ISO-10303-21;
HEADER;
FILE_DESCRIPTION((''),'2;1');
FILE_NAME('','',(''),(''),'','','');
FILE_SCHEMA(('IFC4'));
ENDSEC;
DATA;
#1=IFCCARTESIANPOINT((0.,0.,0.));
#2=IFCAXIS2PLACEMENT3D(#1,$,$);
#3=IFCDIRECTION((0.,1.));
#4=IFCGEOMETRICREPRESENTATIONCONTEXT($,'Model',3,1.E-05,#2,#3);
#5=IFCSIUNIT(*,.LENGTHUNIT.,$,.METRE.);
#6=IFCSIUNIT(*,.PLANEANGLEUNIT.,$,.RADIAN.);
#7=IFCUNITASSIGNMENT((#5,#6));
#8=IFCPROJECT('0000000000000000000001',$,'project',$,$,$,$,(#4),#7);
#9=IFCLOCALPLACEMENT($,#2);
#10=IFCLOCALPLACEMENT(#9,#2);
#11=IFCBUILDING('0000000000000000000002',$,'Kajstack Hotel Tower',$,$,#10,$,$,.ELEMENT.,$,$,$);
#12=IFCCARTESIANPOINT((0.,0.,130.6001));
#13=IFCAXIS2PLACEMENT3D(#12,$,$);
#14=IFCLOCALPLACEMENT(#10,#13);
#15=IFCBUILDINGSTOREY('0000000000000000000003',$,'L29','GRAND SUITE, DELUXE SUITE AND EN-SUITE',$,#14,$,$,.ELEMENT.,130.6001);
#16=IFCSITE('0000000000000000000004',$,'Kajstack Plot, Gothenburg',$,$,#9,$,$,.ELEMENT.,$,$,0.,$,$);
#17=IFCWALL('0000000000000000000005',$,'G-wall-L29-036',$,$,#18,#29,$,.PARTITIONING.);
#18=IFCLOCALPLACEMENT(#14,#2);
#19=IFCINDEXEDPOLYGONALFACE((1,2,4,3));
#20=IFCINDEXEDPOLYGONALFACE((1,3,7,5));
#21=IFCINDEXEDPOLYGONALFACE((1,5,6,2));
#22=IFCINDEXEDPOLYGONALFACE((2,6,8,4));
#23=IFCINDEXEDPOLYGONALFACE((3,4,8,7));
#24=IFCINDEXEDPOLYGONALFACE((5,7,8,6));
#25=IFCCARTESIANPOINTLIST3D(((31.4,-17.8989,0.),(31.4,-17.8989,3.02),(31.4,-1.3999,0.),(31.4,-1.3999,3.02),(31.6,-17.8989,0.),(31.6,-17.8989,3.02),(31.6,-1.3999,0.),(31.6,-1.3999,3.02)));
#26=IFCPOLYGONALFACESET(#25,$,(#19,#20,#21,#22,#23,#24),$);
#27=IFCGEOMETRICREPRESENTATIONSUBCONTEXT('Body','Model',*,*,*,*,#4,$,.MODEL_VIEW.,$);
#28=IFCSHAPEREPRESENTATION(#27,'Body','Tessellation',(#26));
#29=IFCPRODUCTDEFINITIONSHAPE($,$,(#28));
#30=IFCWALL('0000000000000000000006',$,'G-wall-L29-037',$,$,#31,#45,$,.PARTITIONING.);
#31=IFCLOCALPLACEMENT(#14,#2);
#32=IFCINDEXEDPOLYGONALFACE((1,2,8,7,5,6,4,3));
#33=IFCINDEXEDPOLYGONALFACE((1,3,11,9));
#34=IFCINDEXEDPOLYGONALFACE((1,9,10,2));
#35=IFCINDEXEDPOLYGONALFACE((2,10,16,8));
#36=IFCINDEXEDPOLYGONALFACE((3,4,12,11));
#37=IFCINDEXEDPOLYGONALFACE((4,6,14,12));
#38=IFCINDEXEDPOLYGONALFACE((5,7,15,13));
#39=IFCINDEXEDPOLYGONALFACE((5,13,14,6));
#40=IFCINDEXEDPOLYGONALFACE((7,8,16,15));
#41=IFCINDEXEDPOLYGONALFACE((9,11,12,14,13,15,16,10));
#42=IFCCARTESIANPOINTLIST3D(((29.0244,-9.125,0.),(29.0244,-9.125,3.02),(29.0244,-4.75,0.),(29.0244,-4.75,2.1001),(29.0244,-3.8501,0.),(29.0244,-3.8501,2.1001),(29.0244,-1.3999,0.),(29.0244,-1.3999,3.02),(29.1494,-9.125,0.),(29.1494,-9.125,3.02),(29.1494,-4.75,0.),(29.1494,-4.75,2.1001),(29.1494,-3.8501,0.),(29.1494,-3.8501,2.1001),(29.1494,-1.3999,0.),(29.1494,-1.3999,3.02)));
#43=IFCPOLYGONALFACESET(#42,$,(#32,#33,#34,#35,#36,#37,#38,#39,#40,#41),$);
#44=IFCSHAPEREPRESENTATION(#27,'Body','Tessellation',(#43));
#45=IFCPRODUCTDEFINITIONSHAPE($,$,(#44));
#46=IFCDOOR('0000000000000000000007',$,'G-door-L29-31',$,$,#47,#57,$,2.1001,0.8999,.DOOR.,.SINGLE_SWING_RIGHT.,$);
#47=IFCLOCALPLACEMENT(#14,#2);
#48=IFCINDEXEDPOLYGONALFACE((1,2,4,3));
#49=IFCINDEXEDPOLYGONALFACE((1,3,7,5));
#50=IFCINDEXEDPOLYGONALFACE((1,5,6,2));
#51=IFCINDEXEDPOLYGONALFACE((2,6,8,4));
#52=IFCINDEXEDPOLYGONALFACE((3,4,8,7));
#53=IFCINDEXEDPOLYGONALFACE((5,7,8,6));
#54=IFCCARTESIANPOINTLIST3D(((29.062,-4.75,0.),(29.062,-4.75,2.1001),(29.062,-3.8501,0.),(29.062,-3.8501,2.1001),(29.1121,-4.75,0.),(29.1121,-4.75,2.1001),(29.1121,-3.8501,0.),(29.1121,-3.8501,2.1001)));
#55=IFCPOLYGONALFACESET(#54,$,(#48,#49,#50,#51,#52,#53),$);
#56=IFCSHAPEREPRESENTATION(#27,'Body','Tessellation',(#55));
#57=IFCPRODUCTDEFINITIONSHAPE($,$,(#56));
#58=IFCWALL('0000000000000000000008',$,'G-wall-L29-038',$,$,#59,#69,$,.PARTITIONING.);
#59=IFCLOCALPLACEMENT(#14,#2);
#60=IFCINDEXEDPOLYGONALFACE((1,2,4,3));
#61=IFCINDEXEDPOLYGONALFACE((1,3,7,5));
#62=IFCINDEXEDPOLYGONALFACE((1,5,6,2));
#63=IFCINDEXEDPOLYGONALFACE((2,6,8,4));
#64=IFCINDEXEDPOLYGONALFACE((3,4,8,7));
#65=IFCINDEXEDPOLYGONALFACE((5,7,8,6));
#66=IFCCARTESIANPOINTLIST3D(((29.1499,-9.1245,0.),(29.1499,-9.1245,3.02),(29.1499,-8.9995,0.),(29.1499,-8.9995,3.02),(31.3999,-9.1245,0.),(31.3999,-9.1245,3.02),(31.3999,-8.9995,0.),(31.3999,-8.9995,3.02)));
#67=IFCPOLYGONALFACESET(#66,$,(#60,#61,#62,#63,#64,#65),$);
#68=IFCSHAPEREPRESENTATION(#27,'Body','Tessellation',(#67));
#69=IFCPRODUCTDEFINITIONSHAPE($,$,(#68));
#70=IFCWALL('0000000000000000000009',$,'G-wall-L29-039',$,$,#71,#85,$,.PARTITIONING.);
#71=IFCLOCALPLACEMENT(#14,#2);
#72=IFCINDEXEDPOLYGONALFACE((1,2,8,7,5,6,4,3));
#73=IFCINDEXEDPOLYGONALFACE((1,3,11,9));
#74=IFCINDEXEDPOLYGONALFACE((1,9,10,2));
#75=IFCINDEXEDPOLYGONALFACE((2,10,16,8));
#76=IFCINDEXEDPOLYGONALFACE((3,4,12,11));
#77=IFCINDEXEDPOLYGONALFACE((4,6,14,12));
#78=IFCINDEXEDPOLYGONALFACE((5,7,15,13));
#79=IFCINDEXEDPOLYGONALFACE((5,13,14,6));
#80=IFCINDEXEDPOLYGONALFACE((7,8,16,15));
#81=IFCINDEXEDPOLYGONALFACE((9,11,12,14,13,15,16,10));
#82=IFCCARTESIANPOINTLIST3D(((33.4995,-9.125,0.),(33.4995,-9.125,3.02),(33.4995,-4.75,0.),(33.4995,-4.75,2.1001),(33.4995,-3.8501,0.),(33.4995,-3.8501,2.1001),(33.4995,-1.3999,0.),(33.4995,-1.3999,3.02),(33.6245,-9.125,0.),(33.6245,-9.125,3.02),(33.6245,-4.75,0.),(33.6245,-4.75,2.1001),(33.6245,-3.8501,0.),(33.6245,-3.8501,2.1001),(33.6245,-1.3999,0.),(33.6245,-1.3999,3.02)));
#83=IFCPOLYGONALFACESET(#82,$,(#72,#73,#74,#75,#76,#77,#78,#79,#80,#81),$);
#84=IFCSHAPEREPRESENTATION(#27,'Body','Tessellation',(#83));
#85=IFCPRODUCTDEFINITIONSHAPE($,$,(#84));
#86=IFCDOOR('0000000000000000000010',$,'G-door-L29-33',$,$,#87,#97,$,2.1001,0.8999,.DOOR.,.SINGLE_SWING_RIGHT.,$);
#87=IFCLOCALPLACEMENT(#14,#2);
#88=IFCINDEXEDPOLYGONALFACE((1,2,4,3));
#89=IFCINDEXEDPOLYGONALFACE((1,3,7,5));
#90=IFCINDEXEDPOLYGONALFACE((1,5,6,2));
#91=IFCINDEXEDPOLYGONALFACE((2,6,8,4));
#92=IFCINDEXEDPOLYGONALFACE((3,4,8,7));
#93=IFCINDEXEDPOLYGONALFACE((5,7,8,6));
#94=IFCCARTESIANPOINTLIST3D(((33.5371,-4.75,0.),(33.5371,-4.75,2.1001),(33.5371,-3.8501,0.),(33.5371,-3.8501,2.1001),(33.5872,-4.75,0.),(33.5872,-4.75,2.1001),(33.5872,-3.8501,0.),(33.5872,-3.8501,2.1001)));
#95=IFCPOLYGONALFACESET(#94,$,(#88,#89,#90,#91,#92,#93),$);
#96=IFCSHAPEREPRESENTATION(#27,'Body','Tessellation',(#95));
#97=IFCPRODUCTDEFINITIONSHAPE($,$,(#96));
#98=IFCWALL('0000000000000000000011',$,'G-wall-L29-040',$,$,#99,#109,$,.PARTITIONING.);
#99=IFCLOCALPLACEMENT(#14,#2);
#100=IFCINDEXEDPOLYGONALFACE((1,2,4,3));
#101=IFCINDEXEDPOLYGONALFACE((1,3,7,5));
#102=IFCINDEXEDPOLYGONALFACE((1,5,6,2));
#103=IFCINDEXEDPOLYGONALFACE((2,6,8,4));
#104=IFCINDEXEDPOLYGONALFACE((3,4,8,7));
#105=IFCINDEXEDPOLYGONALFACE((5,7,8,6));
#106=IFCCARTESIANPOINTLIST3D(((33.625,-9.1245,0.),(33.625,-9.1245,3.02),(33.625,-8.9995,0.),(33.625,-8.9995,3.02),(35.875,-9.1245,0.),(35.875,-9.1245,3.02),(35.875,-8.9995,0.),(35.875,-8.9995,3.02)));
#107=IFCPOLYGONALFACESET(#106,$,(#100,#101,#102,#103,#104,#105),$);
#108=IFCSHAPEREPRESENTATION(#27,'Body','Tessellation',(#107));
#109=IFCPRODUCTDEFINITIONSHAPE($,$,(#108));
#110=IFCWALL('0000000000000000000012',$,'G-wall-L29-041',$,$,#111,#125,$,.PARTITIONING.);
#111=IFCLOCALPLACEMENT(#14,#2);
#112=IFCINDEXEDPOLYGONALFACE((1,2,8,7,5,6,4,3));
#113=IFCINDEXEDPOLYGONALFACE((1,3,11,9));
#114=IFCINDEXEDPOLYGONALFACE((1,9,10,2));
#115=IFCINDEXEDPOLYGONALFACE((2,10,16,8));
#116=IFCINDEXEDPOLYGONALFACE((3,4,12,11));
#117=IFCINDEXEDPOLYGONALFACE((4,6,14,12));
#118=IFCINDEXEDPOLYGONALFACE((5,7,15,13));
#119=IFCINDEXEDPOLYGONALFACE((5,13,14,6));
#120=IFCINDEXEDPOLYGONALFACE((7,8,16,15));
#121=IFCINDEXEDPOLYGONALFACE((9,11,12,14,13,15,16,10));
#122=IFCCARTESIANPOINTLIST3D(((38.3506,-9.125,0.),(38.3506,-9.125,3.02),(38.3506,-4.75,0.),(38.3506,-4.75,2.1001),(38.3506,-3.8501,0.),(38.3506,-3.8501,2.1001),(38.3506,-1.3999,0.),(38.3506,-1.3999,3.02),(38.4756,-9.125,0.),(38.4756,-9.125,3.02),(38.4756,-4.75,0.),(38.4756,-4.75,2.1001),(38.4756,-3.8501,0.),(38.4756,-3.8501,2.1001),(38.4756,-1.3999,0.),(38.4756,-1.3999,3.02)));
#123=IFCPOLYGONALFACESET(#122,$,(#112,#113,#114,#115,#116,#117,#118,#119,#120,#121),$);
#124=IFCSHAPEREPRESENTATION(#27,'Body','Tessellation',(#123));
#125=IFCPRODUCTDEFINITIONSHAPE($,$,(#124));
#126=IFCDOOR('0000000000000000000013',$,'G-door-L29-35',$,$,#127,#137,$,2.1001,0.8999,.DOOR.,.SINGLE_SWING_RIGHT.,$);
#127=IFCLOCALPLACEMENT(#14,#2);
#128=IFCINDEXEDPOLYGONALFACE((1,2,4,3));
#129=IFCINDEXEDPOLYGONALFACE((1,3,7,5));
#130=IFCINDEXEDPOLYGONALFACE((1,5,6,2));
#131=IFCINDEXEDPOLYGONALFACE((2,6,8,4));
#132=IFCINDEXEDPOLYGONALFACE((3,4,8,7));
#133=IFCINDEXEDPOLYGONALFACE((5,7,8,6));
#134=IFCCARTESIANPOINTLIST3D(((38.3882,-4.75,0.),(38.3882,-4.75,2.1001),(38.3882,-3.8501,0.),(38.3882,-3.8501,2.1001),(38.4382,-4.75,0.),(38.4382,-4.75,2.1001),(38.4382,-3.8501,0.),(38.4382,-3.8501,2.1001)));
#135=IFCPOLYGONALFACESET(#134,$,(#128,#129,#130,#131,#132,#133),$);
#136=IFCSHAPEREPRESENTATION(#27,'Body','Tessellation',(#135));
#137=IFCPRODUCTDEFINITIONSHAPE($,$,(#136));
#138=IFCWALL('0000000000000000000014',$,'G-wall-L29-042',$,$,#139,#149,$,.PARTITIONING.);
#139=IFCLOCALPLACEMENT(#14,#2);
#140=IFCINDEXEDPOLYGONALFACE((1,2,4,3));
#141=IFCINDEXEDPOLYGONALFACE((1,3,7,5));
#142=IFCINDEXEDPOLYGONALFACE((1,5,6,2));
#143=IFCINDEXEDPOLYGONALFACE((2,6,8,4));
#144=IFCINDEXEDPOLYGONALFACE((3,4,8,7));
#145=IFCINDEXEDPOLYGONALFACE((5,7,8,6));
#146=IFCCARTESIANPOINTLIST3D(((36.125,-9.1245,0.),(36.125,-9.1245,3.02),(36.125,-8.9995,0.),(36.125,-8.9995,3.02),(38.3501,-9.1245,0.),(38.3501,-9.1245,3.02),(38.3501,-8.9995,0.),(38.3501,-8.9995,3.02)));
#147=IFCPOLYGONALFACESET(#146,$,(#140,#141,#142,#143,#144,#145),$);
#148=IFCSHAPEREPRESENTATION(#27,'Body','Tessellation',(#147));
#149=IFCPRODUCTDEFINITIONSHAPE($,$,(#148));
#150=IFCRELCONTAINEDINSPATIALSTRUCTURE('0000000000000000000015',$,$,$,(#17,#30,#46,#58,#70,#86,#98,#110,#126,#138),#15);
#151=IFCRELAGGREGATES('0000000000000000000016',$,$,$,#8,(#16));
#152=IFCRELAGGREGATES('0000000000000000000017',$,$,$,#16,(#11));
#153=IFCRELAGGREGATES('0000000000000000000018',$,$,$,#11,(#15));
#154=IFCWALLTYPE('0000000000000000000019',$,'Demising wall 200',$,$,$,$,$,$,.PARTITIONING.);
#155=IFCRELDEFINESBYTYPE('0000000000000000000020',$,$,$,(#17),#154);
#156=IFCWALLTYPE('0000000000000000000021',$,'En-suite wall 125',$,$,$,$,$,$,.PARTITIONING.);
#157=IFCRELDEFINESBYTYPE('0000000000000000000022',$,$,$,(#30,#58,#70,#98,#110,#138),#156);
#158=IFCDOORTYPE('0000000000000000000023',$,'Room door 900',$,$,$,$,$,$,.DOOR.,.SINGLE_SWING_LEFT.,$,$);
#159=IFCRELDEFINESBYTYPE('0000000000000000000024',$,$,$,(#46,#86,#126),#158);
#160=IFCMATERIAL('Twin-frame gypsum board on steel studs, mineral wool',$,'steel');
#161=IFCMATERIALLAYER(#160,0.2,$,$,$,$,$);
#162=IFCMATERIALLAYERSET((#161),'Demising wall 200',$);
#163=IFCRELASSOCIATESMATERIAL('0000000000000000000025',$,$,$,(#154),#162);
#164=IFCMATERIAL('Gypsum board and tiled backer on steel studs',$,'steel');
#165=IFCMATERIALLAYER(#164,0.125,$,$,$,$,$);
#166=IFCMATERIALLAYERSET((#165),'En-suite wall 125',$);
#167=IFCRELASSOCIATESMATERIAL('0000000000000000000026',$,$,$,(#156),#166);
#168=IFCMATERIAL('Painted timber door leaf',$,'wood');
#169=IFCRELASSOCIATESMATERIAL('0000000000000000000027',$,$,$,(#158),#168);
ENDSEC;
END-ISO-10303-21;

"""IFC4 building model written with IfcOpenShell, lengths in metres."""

from ifc_helpers import new_model, si_unit, direction, frame, frame_2d, origin, place, context, subcontext, project, spatial, rectangle, extrude, material, layer, layer_set, type_object, element, fill, save


model = new_model("IFC4")

# Units and contexts
model_context = context("Model", 3, precision=1e-05, world=origin(), true_north=direction((0.0, 1.0)))
body_context = subcontext(model_context, "Body", "Model", "MODEL_VIEW")
ifc_project = project(units=[si_unit("LENGTHUNIT", "METRE"), si_unit("PLANEANGLEUNIT", "RADIAN")], contexts=[model_context])

# Site, building, storey
site_placement = place(None, origin())
site = spatial("IfcSite", under=ifc_project, at=site_placement, Name="Kajstack Plot, Gothenburg", CompositionType="ELEMENT", RefElevation=0.0)
building_placement = place(site_placement, origin())
building = spatial("IfcBuilding", under=site, at=building_placement, Name="Kajstack Hotel Tower", CompositionType="ELEMENT")
storey_placement = place(building_placement, frame((0.0, 0.0, 130.6001)))
storey = spatial("IfcBuildingStorey", under=building, at=storey_placement, Name="L29", Description="GRAND SUITE, DELUXE SUITE AND EN-SUITE", CompositionType="ELEMENT", Elevation=130.6001)

# Wall
ifc_material_1 = material(Name="Twin-frame gypsum board on steel studs, mineral wool", Category="steel")
ifc_layer_1 = layer(ifc_material_1, 0.2)
ifc_layer_set_1 = layer_set([ifc_layer_1], Name="Demising wall 200")
wall_type_1 = type_object("IfcWallType", Name="Demising wall 200", PredefinedType="PARTITIONING", material=ifc_layer_set_1)
wall_1_placement = place(storey_placement, frame((31.5, -17.8989, 0.0), z_axis=(0.0, 0.0, 1.0), x_axis=(0.0, 1.0, 0.0)))
element("IfcWall", 1, at=wall_1_placement, inside=storey, type_object=wall_type_1, Name="G-wall-L29-036", PredefinedType="PARTITIONING", context=body_context, shape_type="SweptSolid", body=[
    extrude(rectangle(XDim=16.499, YDim=0.2, at=frame_2d((8.2495, 0.0))), origin(), (0.0, 0.0, 1.0), 3.02),
])

# Wall, opening, door
ifc_material_2 = material(Name="Gypsum board and tiled backer on steel studs", Category="steel")
ifc_layer_2 = layer(ifc_material_2, 0.125)
ifc_layer_set_2 = layer_set([ifc_layer_2], Name="En-suite wall 125")
wall_type_2 = type_object("IfcWallType", Name="En-suite wall 125", PredefinedType="PARTITIONING", material=ifc_layer_set_2)
wall_2_placement = place(storey_placement, frame((29.0869, -9.125, 0.0), z_axis=(0.0, 0.0, 1.0), x_axis=(0.0, 1.0, 0.0)))
wall_2 = element("IfcWall", 2, at=wall_2_placement, inside=storey, type_object=wall_type_2, Name="G-wall-L29-037", PredefinedType="PARTITIONING", context=body_context, shape_type="SweptSolid", body=[
    extrude(rectangle(XDim=7.7251, YDim=0.125, at=frame_2d((3.8625, 0.0))), origin(), (0.0, 0.0, 1.0), 3.02),
])
opening_1_placement = place(wall_2_placement, frame((4.375, 0.0, 0.0)))
opening_1 = element("IfcOpeningElement", 3, at=opening_1_placement, cuts=wall_2, PredefinedType="OPENING", context=body_context, shape_type="SweptSolid", body=[
    extrude(rectangle(XDim=0.8999, YDim=2.1001, at=frame_2d((0.45, 1.05))), frame((0.0, 0.0725, 0.0), z_axis=(0.0, -1.0, 0.0), x_axis=(1.0, 0.0, 0.0)), (0.0, 0.0, 1.0), 0.145),
])
ifc_material_3 = material(Name="Painted timber door leaf", Category="wood")
door_type_1 = type_object("IfcDoorType", Name="Room door 900", OperationType="SINGLE_SWING_LEFT", PredefinedType="DOOR", material=ifc_material_3)
door_1_placement = place(opening_1_placement, origin())
door_1 = element("IfcDoor", 4, at=door_1_placement, inside=storey, type_object=door_type_1, Name="G-door-L29-31", OperationType="SINGLE_SWING_RIGHT", OverallHeight=2.1001, OverallWidth=0.8999, PredefinedType="DOOR", context=body_context, shape_type="SweptSolid", body=[
    extrude(rectangle(XDim=0.8999, YDim=2.1001, at=frame_2d((0.45, 1.05))), frame((0.0, 0.0249, 0.0), z_axis=(0.0, -1.0, 0.0), x_axis=(1.0, 0.0, 0.0)), (0.0, 0.0, 1.0), 0.05),
])
fill(opening_1, door_1)

# Wall
wall_3_placement = place(storey_placement, frame((29.1499, -9.062, 0.0), z_axis=(0.0, 0.0, 1.0), x_axis=(1.0, 0.0, 0.0)))
element("IfcWall", 5, at=wall_3_placement, inside=storey, type_object=wall_type_2, Name="G-wall-L29-038", PredefinedType="PARTITIONING", context=body_context, shape_type="SweptSolid", body=[
    extrude(rectangle(XDim=2.25, YDim=0.125, at=frame_2d((1.125, 0.0))), origin(), (0.0, 0.0, 1.0), 3.02),
])

# Wall, opening, door
wall_4_placement = place(storey_placement, frame((33.562, -9.125, 0.0), z_axis=(0.0, 0.0, 1.0), x_axis=(0.0, 1.0, 0.0)))
wall_4 = element("IfcWall", 6, at=wall_4_placement, inside=storey, type_object=wall_type_2, Name="G-wall-L29-039", PredefinedType="PARTITIONING", context=body_context, shape_type="SweptSolid", body=[
    extrude(rectangle(XDim=7.7251, YDim=0.125, at=frame_2d((3.8625, 0.0))), origin(), (0.0, 0.0, 1.0), 3.02),
])
opening_2_placement = place(wall_4_placement, frame((4.375, 0.0, 0.0)))
opening_2 = element("IfcOpeningElement", 7, at=opening_2_placement, cuts=wall_4, PredefinedType="OPENING", context=body_context, shape_type="SweptSolid", body=[
    extrude(rectangle(XDim=0.8999, YDim=2.1001, at=frame_2d((0.45, 1.05))), frame((0.0, 0.0725, 0.0), z_axis=(0.0, -1.0, 0.0), x_axis=(1.0, 0.0, 0.0)), (0.0, 0.0, 1.0), 0.145),
])
door_2_placement = place(opening_2_placement, origin())
door_2 = element("IfcDoor", 8, at=door_2_placement, inside=storey, type_object=door_type_1, Name="G-door-L29-33", OperationType="SINGLE_SWING_RIGHT", OverallHeight=2.1001, OverallWidth=0.8999, PredefinedType="DOOR", context=body_context, shape_type="SweptSolid", body=[
    extrude(rectangle(XDim=0.8999, YDim=2.1001, at=frame_2d((0.45, 1.05))), frame((0.0, 0.0249, 0.0), z_axis=(0.0, -1.0, 0.0), x_axis=(1.0, 0.0, 0.0)), (0.0, 0.0, 1.0), 0.05),
])
fill(opening_2, door_2)

# Wall
wall_5_placement = place(storey_placement, frame((33.625, -9.062, 0.0), z_axis=(0.0, 0.0, 1.0), x_axis=(1.0, 0.0, 0.0)))
element("IfcWall", 9, at=wall_5_placement, inside=storey, type_object=wall_type_2, Name="G-wall-L29-040", PredefinedType="PARTITIONING", context=body_context, shape_type="SweptSolid", body=[
    extrude(rectangle(XDim=2.25, YDim=0.125, at=frame_2d((1.125, 0.0))), origin(), (0.0, 0.0, 1.0), 3.02),
])

# Wall, opening, door
wall_6_placement = place(storey_placement, frame((38.4131, -9.125, 0.0), z_axis=(0.0, 0.0, 1.0), x_axis=(0.0, 1.0, 0.0)))
wall_6 = element("IfcWall", 10, at=wall_6_placement, inside=storey, type_object=wall_type_2, Name="G-wall-L29-041", PredefinedType="PARTITIONING", context=body_context, shape_type="SweptSolid", body=[
    extrude(rectangle(XDim=7.7251, YDim=0.125, at=frame_2d((3.8625, 0.0))), origin(), (0.0, 0.0, 1.0), 3.02),
])
opening_3_placement = place(wall_6_placement, frame((4.375, 0.0, 0.0)))
opening_3 = element("IfcOpeningElement", 11, at=opening_3_placement, cuts=wall_6, PredefinedType="OPENING", context=body_context, shape_type="SweptSolid", body=[
    extrude(rectangle(XDim=0.8999, YDim=2.1001, at=frame_2d((0.45, 1.05))), frame((0.0, 0.0725, 0.0), z_axis=(0.0, -1.0, 0.0), x_axis=(1.0, 0.0, 0.0)), (0.0, 0.0, 1.0), 0.145),
])
door_3_placement = place(opening_3_placement, origin())
door_3 = element("IfcDoor", 12, at=door_3_placement, inside=storey, type_object=door_type_1, Name="G-door-L29-35", OperationType="SINGLE_SWING_RIGHT", OverallHeight=2.1001, OverallWidth=0.8999, PredefinedType="DOOR", context=body_context, shape_type="SweptSolid", body=[
    extrude(rectangle(XDim=0.8999, YDim=2.1001, at=frame_2d((0.45, 1.05))), frame((0.0, 0.0249, 0.0), z_axis=(0.0, -1.0, 0.0), x_axis=(1.0, 0.0, 0.0)), (0.0, 0.0, 1.0), 0.05),
])
fill(opening_3, door_3)

# Wall
wall_7_placement = place(storey_placement, frame((36.125, -9.062, 0.0), z_axis=(0.0, 0.0, 1.0), x_axis=(1.0, 0.0, 0.0)))
element("IfcWall", 13, at=wall_7_placement, inside=storey, type_object=wall_type_2, Name="G-wall-L29-042", PredefinedType="PARTITIONING", context=body_context, shape_type="SweptSolid", body=[
    extrude(rectangle(XDim=2.2251, YDim=0.125, at=frame_2d((1.1125, 0.0))), origin(), (0.0, 0.0, 1.0), 3.02),
])

save(model, "model.ifc")
